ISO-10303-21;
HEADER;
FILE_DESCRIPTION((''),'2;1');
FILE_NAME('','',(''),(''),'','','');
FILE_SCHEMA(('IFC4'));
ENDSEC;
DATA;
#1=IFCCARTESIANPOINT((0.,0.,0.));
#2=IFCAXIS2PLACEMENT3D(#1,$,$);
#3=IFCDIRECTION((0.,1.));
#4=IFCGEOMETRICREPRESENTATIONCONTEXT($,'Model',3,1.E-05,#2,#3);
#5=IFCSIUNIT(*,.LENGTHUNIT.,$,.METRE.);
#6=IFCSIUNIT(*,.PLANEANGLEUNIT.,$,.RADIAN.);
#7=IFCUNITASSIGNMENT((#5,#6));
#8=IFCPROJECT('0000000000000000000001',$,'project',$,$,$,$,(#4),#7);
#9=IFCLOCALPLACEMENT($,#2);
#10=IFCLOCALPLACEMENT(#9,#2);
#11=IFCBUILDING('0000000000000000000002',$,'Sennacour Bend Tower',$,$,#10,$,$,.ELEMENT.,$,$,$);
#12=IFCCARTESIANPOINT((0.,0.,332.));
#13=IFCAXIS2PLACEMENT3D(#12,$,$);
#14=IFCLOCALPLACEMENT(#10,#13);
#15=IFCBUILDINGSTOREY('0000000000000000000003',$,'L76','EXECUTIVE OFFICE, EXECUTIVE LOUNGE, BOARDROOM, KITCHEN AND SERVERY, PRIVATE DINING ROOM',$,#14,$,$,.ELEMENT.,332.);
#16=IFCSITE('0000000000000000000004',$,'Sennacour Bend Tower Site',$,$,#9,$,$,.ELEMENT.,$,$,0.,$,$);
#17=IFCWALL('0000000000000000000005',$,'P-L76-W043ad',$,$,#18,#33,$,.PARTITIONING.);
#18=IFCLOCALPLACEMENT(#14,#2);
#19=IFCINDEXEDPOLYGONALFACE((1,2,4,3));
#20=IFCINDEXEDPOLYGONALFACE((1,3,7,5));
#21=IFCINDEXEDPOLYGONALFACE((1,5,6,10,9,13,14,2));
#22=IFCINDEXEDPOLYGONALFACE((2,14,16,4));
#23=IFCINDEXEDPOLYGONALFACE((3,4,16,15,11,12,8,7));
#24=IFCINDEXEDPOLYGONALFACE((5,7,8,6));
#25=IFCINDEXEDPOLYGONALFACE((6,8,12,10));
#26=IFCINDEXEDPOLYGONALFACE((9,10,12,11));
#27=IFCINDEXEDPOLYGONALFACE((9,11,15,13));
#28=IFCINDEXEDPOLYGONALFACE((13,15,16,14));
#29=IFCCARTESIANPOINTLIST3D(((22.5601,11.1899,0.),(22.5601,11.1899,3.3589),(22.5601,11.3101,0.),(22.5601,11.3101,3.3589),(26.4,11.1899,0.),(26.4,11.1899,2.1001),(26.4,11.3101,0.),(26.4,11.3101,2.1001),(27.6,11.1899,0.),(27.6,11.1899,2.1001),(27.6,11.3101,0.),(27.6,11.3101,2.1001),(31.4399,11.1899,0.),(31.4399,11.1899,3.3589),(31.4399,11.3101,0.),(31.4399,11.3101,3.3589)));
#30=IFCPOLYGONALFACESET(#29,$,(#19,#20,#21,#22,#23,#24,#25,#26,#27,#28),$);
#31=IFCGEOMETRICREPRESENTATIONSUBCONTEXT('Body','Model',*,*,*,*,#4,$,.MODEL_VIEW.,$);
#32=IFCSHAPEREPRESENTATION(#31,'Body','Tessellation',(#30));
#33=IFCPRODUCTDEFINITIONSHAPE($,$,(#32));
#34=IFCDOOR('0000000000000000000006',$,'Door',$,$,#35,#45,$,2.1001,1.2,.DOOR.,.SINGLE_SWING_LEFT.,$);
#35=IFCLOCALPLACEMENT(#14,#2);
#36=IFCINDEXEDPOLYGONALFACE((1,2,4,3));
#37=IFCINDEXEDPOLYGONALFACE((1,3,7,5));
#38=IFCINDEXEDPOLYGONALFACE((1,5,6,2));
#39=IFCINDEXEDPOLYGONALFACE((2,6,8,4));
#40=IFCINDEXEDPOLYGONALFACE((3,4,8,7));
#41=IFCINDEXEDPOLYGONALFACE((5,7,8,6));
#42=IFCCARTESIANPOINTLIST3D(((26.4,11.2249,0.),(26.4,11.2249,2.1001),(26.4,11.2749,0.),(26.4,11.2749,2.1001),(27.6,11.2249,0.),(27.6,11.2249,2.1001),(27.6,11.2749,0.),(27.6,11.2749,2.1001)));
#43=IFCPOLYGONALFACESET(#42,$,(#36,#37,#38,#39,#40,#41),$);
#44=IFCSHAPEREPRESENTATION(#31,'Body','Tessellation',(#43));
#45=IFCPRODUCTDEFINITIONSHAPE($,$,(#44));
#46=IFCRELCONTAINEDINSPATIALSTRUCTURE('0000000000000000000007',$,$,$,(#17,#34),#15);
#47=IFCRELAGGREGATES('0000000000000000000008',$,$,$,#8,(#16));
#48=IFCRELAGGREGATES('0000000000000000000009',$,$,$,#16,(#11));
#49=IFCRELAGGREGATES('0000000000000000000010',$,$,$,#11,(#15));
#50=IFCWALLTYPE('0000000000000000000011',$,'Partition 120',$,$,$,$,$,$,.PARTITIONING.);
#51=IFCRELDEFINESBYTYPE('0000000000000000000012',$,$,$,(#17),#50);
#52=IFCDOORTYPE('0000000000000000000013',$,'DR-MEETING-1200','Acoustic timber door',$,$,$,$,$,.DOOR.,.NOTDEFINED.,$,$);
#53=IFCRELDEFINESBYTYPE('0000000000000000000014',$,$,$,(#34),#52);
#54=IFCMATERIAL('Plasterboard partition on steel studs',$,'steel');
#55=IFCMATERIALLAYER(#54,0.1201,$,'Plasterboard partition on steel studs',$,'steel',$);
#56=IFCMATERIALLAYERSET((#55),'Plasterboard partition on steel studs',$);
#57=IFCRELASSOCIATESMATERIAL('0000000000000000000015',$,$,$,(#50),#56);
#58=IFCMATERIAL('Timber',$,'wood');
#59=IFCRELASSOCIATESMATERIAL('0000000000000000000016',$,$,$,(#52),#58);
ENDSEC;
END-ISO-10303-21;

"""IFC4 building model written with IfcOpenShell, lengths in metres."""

from ifc_helpers import new_model, si_unit, direction, frame, frame_2d, origin, place, context, subcontext, project, spatial, rectangle, extrude, material, layer, layer_set, type_object, element, fill, save


model = new_model("IFC4")

# Units and contexts
model_context = context("Model", 3, precision=1e-05, world=origin(), true_north=direction((0.0, 1.0)))
body_context = subcontext(model_context, "Body", "Model", "MODEL_VIEW")
ifc_project = project(units=[si_unit("LENGTHUNIT", "METRE"), si_unit("PLANEANGLEUNIT", "RADIAN")], contexts=[model_context])

# Site, building, storey
site_placement = place(None, origin())
site = spatial("IfcSite", under=ifc_project, at=site_placement, Name="Sennacour Bend Tower Site", CompositionType="ELEMENT", RefElevation=0.0)
building_placement = place(site_placement, origin())
building = spatial("IfcBuilding", under=site, at=building_placement, Name="Sennacour Bend Tower", CompositionType="ELEMENT")
storey_placement = place(building_placement, frame((0.0, 0.0, 332.0)))
storey = spatial("IfcBuildingStorey", under=building, at=storey_placement, Name="L76", Description="EXECUTIVE OFFICE, EXECUTIVE LOUNGE, BOARDROOM, KITCHEN AND SERVERY, PRIVATE DINING ROOM", CompositionType="ELEMENT", Elevation=332.0)

# Shared definitions
ifc_material_1 = material(Name="Plasterboard partition on steel studs", Category="steel")
ifc_layer_1 = layer(ifc_material_1, 0.1201, Name="Plasterboard partition on steel studs", Category="steel")
ifc_layer_set_1 = layer_set([ifc_layer_1], Name="Plasterboard partition on steel studs")
wall_type = type_object("IfcWallType", Name="Partition 120", PredefinedType="PARTITIONING", material=ifc_layer_set_1)

# Wall, opening, door
ifc_material_2 = material(Name="Timber", Category="wood")
wall_1_placement = place(storey_placement, frame((22.5601, 11.25, 0.0), z_axis=(0.0, 0.0, 1.0), x_axis=(1.0, 0.0, 0.0)))
wall_1 = element("IfcWall", 1, at=wall_1_placement, inside=storey, type_object=wall_type, Name="P-L76-W043ad", PredefinedType="PARTITIONING", context=body_context, shape_type="SweptSolid", body=[
    extrude(rectangle(XDim=8.8799, YDim=0.1201, at=frame_2d((4.4399, 0.0))), origin(), (0.0, 0.0, 1.0), 3.3589),
])
opening_1_placement = place(wall_1_placement, frame((3.8398, 0.0, 0.0)))
opening_1 = element("IfcOpeningElement", 2, at=opening_1_placement, cuts=wall_1, PredefinedType="OPENING", context=body_context, shape_type="SweptSolid", body=[
    extrude(rectangle(XDim=1.2, YDim=2.1001, at=frame_2d((0.6001, 1.05))), frame((0.0, 0.0701, 0.0), z_axis=(0.0, -1.0, 0.0), x_axis=(1.0, 0.0, 0.0)), (0.0, 0.0, 1.0), 0.1401),
])
door_type_1 = type_object("IfcDoorType", Name="DR-MEETING-1200", Description="Acoustic timber door", OperationType="NOTDEFINED", PredefinedType="DOOR", material=ifc_material_2)
door_1_placement = place(opening_1_placement, origin())
door_1 = element("IfcDoor", 3, at=door_1_placement, inside=storey, type_object=door_type_1, Name="Door", OperationType="SINGLE_SWING_LEFT", OverallHeight=2.1001, OverallWidth=1.2, PredefinedType="DOOR", context=body_context, shape_type="SweptSolid", body=[
    extrude(rectangle(XDim=1.2, YDim=2.1001, at=frame_2d((0.6001, 1.05))), frame((0.0, 0.0249, 0.0), z_axis=(0.0, -1.0, 0.0), x_axis=(1.0, 0.0, 0.0)), (0.0, 0.0, 1.0), 0.05),
])
fill(opening_1, door_1)

save(model, "model.ifc")
